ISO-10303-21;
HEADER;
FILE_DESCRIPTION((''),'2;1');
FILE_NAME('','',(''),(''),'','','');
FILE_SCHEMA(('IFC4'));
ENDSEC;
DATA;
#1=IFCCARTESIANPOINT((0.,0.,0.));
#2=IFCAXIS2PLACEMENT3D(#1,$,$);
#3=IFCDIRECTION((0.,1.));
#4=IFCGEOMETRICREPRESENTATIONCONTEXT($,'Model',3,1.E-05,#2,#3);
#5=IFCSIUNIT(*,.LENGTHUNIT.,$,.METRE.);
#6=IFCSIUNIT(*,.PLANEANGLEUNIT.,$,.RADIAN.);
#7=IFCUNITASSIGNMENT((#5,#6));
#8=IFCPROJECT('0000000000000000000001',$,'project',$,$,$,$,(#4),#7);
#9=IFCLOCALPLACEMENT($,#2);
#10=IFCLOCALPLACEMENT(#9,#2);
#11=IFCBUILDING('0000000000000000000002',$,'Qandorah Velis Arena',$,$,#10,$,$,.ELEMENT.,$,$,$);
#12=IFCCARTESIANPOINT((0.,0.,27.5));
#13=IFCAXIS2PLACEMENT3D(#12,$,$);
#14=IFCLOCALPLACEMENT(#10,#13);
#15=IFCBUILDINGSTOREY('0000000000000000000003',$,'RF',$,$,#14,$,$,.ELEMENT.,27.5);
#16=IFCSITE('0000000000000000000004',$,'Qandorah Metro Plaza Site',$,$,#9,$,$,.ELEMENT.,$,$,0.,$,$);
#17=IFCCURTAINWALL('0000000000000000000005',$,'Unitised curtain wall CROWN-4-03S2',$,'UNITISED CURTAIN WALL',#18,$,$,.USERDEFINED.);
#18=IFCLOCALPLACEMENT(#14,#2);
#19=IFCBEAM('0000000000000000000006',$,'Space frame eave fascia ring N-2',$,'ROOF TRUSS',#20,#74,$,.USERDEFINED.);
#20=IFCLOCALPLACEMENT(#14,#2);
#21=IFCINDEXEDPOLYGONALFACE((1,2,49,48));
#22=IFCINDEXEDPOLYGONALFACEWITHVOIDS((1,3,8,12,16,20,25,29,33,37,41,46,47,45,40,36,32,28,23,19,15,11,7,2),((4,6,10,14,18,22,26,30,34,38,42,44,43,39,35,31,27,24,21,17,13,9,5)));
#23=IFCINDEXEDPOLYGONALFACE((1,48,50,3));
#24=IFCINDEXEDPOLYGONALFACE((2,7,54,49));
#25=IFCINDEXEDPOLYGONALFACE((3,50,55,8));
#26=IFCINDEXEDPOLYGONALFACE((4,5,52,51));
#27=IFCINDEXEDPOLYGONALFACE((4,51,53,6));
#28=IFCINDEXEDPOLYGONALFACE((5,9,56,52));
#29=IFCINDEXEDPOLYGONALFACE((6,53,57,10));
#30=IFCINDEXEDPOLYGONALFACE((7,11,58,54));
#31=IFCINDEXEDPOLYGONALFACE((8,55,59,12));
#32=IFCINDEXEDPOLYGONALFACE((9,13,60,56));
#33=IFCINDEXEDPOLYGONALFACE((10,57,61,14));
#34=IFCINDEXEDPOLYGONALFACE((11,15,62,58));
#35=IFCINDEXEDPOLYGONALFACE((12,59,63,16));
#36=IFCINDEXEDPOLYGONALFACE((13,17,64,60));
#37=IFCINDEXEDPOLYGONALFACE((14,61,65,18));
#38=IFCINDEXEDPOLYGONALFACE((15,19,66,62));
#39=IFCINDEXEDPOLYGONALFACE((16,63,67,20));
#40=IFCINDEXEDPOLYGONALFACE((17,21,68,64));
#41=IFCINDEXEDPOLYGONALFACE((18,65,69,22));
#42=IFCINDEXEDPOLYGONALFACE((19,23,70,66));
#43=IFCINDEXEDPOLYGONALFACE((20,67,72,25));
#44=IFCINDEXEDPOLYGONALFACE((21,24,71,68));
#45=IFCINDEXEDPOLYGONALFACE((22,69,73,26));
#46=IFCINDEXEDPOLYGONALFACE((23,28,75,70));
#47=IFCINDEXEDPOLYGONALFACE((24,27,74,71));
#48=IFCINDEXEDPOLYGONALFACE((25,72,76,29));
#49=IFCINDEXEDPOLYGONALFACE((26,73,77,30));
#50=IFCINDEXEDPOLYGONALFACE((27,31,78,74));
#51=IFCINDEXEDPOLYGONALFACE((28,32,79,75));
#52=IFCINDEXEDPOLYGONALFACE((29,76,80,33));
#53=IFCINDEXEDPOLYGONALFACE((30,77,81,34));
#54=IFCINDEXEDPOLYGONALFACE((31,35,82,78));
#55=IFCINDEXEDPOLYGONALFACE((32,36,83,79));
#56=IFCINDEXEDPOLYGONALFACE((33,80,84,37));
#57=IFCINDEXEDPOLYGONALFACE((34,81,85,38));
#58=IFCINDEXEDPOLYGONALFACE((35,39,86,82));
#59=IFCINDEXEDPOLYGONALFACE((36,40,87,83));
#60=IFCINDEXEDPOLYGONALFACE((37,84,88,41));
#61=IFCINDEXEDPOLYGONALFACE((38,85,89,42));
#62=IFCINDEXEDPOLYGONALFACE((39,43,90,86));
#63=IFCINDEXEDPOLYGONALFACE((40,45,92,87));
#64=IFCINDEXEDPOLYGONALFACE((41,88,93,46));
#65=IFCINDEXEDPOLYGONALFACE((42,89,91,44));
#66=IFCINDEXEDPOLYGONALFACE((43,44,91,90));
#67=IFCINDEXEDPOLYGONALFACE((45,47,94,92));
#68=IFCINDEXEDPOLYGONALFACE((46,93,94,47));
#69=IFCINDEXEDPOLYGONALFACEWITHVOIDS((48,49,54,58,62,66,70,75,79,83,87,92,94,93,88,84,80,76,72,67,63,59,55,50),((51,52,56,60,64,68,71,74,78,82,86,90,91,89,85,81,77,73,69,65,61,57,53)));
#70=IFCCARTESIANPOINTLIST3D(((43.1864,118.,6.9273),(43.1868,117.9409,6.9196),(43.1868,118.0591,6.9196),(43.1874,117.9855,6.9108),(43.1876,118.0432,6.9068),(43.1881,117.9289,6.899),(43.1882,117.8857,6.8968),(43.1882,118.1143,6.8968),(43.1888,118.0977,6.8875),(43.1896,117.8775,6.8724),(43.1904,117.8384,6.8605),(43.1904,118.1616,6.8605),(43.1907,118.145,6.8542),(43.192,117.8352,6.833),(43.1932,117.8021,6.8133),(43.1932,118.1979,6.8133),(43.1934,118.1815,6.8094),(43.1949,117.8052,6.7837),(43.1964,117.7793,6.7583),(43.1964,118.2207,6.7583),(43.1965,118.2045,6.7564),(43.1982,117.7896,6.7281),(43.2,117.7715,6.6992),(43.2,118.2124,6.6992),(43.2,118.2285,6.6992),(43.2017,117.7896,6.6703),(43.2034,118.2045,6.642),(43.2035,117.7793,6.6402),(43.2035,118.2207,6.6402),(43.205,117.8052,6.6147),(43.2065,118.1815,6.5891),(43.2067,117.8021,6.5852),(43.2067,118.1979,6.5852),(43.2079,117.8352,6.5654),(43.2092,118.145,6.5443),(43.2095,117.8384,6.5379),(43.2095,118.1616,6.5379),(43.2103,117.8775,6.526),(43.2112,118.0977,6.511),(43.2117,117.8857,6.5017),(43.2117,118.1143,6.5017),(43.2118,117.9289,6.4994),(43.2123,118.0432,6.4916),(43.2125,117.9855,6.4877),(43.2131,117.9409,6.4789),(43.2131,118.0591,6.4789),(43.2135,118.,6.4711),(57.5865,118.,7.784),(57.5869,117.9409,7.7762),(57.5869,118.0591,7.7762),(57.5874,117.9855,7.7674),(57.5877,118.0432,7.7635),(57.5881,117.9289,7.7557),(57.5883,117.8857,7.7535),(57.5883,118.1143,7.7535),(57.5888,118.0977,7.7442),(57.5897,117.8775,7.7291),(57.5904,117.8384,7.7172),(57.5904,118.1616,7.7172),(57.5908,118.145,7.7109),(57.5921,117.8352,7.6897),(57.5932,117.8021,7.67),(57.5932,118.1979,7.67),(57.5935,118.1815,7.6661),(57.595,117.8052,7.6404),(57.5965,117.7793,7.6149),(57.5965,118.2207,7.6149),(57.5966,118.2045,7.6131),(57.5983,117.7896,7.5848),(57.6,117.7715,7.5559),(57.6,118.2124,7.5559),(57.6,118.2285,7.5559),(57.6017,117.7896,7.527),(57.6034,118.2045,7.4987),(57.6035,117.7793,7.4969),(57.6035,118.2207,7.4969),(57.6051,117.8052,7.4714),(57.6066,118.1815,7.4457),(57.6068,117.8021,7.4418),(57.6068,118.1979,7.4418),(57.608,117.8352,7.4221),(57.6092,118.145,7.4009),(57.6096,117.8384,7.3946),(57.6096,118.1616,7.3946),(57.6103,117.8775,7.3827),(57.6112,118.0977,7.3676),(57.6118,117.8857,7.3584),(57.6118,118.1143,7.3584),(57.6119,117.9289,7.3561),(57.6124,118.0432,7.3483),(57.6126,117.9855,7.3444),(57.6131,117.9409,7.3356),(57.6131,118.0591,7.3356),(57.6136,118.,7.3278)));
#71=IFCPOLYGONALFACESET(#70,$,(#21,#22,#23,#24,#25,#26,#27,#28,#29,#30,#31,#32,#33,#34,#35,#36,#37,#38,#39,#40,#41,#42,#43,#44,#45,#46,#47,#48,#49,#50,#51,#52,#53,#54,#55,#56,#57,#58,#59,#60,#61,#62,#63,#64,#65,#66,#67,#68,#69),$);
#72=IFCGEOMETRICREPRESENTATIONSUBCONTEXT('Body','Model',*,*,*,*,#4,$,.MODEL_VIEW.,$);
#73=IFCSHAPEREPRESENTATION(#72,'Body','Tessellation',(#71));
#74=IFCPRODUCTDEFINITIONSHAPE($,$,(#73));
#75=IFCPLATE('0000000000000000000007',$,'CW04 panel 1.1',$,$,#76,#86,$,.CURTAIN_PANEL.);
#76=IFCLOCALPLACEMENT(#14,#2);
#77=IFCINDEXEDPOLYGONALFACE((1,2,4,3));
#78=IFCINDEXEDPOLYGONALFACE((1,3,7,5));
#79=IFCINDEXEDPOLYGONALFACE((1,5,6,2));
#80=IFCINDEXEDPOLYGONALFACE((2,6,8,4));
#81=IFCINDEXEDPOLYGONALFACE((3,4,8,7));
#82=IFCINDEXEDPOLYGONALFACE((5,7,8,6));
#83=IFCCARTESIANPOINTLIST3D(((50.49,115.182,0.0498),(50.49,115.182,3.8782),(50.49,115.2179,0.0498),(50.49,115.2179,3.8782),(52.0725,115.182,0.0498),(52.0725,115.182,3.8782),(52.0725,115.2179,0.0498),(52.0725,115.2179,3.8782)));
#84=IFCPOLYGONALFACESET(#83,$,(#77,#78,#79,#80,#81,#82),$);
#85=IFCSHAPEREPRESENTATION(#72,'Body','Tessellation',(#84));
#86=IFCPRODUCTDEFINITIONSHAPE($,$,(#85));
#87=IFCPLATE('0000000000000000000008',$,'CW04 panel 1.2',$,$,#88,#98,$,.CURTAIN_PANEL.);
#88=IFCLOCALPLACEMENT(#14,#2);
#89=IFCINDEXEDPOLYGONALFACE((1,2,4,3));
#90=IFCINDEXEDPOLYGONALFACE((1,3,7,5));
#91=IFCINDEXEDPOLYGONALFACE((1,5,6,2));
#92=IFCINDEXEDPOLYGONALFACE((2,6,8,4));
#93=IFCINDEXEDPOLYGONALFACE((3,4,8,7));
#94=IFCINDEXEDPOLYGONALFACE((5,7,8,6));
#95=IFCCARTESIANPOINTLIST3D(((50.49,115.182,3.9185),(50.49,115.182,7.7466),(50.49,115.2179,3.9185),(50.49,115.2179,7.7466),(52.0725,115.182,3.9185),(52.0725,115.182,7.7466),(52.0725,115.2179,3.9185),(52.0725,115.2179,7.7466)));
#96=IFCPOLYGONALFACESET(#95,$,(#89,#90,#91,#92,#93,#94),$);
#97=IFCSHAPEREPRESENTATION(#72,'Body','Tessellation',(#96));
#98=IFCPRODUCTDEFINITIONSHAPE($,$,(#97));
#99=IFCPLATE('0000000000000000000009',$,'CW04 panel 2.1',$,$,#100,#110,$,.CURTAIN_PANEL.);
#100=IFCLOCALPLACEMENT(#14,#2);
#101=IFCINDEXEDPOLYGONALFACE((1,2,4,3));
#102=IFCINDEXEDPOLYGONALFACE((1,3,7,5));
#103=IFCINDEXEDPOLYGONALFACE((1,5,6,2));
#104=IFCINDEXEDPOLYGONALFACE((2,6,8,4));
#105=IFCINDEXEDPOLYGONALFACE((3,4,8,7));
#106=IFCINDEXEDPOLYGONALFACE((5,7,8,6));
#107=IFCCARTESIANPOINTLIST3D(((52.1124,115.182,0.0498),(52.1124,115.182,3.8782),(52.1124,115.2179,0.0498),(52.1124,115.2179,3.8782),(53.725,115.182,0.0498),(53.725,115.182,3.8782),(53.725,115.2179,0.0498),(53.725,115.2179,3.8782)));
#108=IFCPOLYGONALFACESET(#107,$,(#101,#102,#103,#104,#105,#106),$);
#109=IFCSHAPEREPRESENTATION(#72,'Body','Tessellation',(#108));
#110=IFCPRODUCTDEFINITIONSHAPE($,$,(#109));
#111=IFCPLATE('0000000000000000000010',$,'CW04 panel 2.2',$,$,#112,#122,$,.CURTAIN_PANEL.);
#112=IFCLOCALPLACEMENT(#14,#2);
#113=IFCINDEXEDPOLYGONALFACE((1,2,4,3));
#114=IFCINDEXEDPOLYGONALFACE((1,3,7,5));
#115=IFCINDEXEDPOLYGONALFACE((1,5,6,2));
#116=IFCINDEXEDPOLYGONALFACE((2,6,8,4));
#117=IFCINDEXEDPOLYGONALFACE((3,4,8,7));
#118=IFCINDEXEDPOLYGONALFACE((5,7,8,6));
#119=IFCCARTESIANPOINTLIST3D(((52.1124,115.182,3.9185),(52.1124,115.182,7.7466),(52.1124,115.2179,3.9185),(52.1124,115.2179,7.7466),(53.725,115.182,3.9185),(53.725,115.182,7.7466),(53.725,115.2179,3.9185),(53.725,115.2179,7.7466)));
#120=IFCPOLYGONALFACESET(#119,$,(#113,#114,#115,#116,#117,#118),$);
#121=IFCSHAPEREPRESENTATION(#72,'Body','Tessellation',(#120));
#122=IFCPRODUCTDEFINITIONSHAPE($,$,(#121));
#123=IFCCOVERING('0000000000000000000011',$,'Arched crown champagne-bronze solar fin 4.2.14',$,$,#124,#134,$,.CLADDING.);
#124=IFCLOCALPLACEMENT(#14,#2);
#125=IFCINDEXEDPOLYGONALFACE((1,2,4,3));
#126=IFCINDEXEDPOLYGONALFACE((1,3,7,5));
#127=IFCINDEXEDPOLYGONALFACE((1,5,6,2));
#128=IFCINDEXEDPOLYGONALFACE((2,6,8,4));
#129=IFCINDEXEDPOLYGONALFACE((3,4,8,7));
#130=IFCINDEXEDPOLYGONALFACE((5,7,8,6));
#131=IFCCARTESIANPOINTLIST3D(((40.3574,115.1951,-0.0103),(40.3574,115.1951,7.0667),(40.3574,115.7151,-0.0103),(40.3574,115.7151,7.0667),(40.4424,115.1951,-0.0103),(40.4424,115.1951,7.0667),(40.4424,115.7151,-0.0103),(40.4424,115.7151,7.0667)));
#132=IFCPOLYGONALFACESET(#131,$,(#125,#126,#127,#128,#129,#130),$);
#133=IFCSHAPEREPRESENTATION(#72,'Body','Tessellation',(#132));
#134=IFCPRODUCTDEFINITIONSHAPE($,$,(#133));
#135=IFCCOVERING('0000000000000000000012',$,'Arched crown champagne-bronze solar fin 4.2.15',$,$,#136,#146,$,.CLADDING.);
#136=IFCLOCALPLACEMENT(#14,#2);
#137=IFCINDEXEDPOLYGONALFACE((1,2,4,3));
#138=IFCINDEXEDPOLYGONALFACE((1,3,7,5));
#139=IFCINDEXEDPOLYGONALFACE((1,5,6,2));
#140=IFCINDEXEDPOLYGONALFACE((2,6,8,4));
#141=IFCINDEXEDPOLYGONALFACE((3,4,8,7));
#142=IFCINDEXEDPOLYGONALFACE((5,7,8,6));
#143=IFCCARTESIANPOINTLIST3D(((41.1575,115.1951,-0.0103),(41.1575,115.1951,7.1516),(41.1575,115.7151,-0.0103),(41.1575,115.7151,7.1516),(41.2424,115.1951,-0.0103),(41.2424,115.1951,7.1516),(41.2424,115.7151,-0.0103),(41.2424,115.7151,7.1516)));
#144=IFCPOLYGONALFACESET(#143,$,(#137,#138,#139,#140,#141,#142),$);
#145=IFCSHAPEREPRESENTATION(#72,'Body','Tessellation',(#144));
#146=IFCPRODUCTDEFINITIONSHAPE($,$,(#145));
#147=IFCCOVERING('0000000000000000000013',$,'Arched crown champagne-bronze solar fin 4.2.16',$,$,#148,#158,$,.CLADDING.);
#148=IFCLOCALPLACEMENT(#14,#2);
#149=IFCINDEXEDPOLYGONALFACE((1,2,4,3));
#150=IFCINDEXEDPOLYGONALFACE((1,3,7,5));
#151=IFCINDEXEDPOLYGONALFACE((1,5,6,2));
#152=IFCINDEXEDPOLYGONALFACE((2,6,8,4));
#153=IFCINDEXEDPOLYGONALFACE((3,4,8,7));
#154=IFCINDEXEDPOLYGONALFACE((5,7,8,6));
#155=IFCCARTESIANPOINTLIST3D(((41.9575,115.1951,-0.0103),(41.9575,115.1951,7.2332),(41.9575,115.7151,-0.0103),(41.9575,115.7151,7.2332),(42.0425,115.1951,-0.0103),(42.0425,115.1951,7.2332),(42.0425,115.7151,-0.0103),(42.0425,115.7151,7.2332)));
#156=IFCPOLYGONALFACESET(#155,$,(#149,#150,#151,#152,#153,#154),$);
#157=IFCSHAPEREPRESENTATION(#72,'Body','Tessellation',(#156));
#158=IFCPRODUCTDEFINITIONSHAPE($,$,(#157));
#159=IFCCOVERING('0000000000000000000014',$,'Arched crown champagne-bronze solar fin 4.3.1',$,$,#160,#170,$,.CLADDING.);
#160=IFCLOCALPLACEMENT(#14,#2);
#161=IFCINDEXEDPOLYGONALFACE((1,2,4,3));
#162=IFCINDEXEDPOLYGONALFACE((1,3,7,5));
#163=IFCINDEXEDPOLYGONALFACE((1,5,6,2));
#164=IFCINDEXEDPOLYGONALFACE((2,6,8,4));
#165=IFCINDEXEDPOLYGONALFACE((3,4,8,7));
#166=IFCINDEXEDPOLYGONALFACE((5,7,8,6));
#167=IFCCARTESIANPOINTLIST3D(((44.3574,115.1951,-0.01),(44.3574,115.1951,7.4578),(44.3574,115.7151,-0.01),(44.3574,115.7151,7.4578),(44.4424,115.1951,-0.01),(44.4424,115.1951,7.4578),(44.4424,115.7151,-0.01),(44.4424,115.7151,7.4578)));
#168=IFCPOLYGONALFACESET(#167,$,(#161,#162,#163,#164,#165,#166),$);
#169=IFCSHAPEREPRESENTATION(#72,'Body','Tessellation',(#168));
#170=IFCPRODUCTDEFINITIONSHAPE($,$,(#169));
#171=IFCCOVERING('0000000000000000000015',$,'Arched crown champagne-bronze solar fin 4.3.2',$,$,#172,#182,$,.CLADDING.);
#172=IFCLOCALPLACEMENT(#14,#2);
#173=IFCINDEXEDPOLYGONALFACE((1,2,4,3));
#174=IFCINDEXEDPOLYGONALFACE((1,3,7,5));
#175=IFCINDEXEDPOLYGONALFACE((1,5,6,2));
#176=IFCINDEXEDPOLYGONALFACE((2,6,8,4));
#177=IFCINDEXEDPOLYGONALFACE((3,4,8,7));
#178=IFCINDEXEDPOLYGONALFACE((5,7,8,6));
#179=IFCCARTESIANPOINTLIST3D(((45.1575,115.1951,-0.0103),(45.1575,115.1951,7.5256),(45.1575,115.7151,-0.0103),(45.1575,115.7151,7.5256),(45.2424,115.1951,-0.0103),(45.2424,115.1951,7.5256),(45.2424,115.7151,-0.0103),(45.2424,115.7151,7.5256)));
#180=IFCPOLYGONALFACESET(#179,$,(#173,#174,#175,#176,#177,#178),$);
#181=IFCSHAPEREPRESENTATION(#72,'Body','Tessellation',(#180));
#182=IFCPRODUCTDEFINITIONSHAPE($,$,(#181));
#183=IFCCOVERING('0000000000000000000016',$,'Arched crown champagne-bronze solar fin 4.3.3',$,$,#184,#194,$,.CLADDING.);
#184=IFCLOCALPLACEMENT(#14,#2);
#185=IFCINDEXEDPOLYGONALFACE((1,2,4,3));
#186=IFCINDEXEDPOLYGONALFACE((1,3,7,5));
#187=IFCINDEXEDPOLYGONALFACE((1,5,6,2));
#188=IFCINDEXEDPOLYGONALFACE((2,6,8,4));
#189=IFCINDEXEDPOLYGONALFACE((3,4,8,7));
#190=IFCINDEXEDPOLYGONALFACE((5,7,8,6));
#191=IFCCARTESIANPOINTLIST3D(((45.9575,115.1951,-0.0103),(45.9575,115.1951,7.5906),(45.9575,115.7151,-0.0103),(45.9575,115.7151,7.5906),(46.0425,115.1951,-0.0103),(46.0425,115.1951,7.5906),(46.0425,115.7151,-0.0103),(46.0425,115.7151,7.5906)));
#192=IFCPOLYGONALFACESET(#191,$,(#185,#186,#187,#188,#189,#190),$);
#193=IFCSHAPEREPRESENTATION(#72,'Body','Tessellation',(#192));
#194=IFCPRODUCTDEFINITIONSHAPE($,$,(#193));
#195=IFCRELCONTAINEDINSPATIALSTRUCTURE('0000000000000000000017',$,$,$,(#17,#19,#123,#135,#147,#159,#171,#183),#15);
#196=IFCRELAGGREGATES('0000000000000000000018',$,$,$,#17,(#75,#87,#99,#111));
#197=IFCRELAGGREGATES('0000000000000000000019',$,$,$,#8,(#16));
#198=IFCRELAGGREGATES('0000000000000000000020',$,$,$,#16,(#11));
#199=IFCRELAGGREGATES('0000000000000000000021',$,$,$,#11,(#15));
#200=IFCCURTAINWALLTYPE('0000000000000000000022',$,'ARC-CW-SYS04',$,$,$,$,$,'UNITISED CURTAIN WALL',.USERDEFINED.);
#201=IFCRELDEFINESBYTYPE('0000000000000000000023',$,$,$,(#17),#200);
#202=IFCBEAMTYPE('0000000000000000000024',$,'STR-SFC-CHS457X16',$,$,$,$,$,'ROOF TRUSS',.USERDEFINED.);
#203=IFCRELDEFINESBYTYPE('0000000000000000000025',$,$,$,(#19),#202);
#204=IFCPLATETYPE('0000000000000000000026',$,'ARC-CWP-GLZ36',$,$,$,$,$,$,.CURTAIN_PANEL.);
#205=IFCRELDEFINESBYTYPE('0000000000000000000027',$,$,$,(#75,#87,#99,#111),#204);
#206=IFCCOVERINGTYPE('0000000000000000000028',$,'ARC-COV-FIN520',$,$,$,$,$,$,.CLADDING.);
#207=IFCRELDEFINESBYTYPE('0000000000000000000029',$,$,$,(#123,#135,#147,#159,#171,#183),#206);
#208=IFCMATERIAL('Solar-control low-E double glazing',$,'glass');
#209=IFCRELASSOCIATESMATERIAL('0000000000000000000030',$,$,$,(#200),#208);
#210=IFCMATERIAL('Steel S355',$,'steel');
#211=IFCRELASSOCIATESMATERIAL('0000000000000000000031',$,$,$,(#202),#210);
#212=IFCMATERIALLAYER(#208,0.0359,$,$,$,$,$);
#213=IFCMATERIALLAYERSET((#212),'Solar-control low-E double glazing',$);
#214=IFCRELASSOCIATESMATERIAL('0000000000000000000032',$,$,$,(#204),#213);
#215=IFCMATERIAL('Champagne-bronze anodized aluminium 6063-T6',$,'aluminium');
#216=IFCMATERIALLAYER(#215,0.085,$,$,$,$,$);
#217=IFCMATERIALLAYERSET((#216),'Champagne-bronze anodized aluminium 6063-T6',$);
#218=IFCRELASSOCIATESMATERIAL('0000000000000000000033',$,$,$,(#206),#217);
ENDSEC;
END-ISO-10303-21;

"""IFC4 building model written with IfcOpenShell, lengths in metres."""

from ifc_helpers import new_model, si_unit, direction, frame, origin, origin_2d, place, context, subcontext, project, spatial, rectangle, hollow_circle, extrude, material, layer, layer_set, material_profile, profile_set, type_object, element, aggregate, save


model = new_model("IFC4")

# Units and contexts
model_context = context("Model", 3, precision=1e-05, world=origin(), true_north=direction((0.0, 1.0)))
body_context = subcontext(model_context, "Body", "Model", "MODEL_VIEW")
ifc_project = project(units=[si_unit("LENGTHUNIT", "METRE"), si_unit("PLANEANGLEUNIT", "RADIAN")], contexts=[model_context])

# Site, building, storey
site_placement = place(None, origin())
site = spatial("IfcSite", under=ifc_project, at=site_placement, Name="Qandorah Metro Plaza Site", CompositionType="ELEMENT", RefElevation=0.0)
building_placement = place(site_placement, origin())
building = spatial("IfcBuilding", under=site, at=building_placement, Name="Qandorah Velis Arena", CompositionType="ELEMENT")
storey_placement = place(building_placement, frame((0.0, 0.0, 27.5)))
storey = spatial("IfcBuildingStorey", under=building, at=storey_placement, Name="RF", CompositionType="ELEMENT", Elevation=27.5)

# Curtain wall
ifc_material_1 = material(Name="Solar-control low-E double glazing", Category="glass")
curtain_wall_type = type_object("IfcCurtainWallType", Name="ARC-CW-SYS04", ElementType="UNITISED CURTAIN WALL", PredefinedType="USERDEFINED", material=ifc_material_1)
curtain_wall_placement = place(storey_placement, origin())
curtain_wall = element("IfcCurtainWall", 1, at=curtain_wall_placement, inside=storey, type_object=curtain_wall_type, Name="Unitised curtain wall CROWN-4-03S2", ObjectType="UNITISED CURTAIN WALL", PredefinedType="USERDEFINED")
ifc_material_2 = material(Name="Champagne-bronze anodized aluminium 6063-T6", Category="aluminium")

# Beam
ifc_material_3 = material(Name="Steel S355", Category="steel")
ifc_material_profile_1 = material_profile(ifc_material_3, hollow_circle(Radius=0.2285, WallThickness=0.0161, at=origin_2d()), Name="CHS 457x16")
ifc_profile_set_1 = profile_set([ifc_material_profile_1], Name="Steel S355")
beam_type_1 = type_object("IfcBeamType", Name="STR-SFC-CHS457X16", ElementType="ROOF TRUSS", PredefinedType="USERDEFINED", material=ifc_profile_set_1)
beam_1_placement = place(storey_placement, frame((43.2, 118.0, 6.6992), z_axis=(0.998235, 0.0, 0.059387), x_axis=(0.0, 1.0, 0.0)))
element("IfcBeam", 2, at=beam_1_placement, inside=storey, type_object=beam_type_1, Name="Space frame eave fascia ring N-2", ObjectType="ROOF TRUSS", PredefinedType="USERDEFINED", context=body_context, shape_type="SweptSolid", body=[
    extrude(hollow_circle(Radius=0.2285, WallThickness=0.0161, at=origin_2d()), origin(), (0.0, 0.0, 1.0), 14.4255),
])

# Plates
ifc_layer_1 = layer(ifc_material_1, 0.0359)
ifc_layer_set_1 = layer_set([ifc_layer_1], Name="Solar-control low-E double glazing")
plate_type = type_object("IfcPlateType", Name="ARC-CWP-GLZ36", PredefinedType="CURTAIN_PANEL", material=ifc_layer_set_1)
plate_1_placement = place(storey_placement, frame((51.2812, 115.2, 0.0498), z_axis=(0.0, 0.0, 1.0), x_axis=(1.0, 0.0, 0.0)))
plate_1 = element("IfcPlate", 3, at=plate_1_placement, type_object=plate_type, Name="CW04 panel 1.1", PredefinedType="CURTAIN_PANEL", context=body_context, shape_type="SweptSolid", body=[
    extrude(rectangle(XDim=1.5825, YDim=0.0359, at=origin_2d()), origin(), (0.0, 0.0, 1.0), 3.8284),
])
plate_2_placement = place(storey_placement, frame((51.2812, 115.2, 3.9185), z_axis=(0.0, 0.0, 1.0), x_axis=(1.0, 0.0, 0.0)))
plate_2 = element("IfcPlate", 4, at=plate_2_placement, type_object=plate_type, Name="CW04 panel 1.2", PredefinedType="CURTAIN_PANEL", context=body_context, shape_type="SweptSolid", body=[
    extrude(rectangle(XDim=1.5825, YDim=0.0359, at=origin_2d()), origin(), (0.0, 0.0, 1.0), 3.8281),
])
plate_3_placement = place(storey_placement, frame((52.9187, 115.2, 0.0498), z_axis=(0.0, 0.0, 1.0), x_axis=(1.0, 0.0, 0.0)))
plate_3 = element("IfcPlate", 5, at=plate_3_placement, type_object=plate_type, Name="CW04 panel 2.1", PredefinedType="CURTAIN_PANEL", context=body_context, shape_type="SweptSolid", body=[
    extrude(rectangle(XDim=1.6125, YDim=0.0359, at=origin_2d()), origin(), (0.0, 0.0, 1.0), 3.8284),
])
plate_4_placement = place(storey_placement, frame((52.9187, 115.2, 3.9185), z_axis=(0.0, 0.0, 1.0), x_axis=(1.0, 0.0, 0.0)))
plate_4 = element("IfcPlate", 6, at=plate_4_placement, type_object=plate_type, Name="CW04 panel 2.2", PredefinedType="CURTAIN_PANEL", context=body_context, shape_type="SweptSolid", body=[
    extrude(rectangle(XDim=1.6125, YDim=0.0359, at=origin_2d()), origin(), (0.0, 0.0, 1.0), 3.8281),
])
aggregate(curtain_wall, [plate_1, plate_2, plate_3, plate_4])

# Coverings
ifc_layer_2 = layer(ifc_material_2, 0.085)
ifc_layer_set_2 = layer_set([ifc_layer_2], Name="Champagne-bronze anodized aluminium 6063-T6")
covering_type = type_object("IfcCoveringType", Name="ARC-COV-FIN520", PredefinedType="CLADDING", material=ifc_layer_set_2)
covering_1_placement = place(storey_placement, frame((40.3999, 115.4551, -0.0103), z_axis=(0.0, 0.0, 1.0), x_axis=(1.0, 0.0, 0.0)))
element("IfcCovering", 7, at=covering_1_placement, inside=storey, type_object=covering_type, Name="Arched crown champagne-bronze solar fin 4.2.14", PredefinedType="CLADDING", context=body_context, shape_type="SweptSolid", body=[
    extrude(rectangle(XDim=0.085, YDim=0.52, at=origin_2d()), origin(), (0.0, 0.0, 1.0), 7.0769),
])
covering_2_placement = place(storey_placement, frame((41.2, 115.4551, -0.0103), z_axis=(0.0, 0.0, 1.0), x_axis=(1.0, 0.0, 0.0)))
element("IfcCovering", 8, at=covering_2_placement, inside=storey, type_object=covering_type, Name="Arched crown champagne-bronze solar fin 4.2.15", PredefinedType="CLADDING", context=body_context, shape_type="SweptSolid", body=[
    extrude(rectangle(XDim=0.085, YDim=0.52, at=origin_2d()), origin(), (0.0, 0.0, 1.0), 7.1619),
])
covering_3_placement = place(storey_placement, frame((42.0, 115.4551, -0.0103), z_axis=(0.0, 0.0, 1.0), x_axis=(1.0, 0.0, 0.0)))
element("IfcCovering", 9, at=covering_3_placement, inside=storey, type_object=covering_type, Name="Arched crown champagne-bronze solar fin 4.2.16", PredefinedType="CLADDING", context=body_context, shape_type="SweptSolid", body=[
    extrude(rectangle(XDim=0.085, YDim=0.52, at=origin_2d()), origin(), (0.0, 0.0, 1.0), 7.2434),
])
covering_4_placement = place(storey_placement, frame((44.3999, 115.4551, -0.01), z_axis=(0.0, 0.0, 1.0), x_axis=(1.0, 0.0, 0.0)))
element("IfcCovering", 10, at=covering_4_placement, inside=storey, type_object=covering_type, Name="Arched crown champagne-bronze solar fin 4.3.1", PredefinedType="CLADDING", context=body_context, shape_type="SweptSolid", body=[
    extrude(rectangle(XDim=0.085, YDim=0.52, at=origin_2d()), origin(), (0.0, 0.0, 1.0), 7.4678),
])
covering_5_placement = place(storey_placement, frame((45.2, 115.4551, -0.0103), z_axis=(0.0, 0.0, 1.0), x_axis=(1.0, 0.0, 0.0)))
element("IfcCovering", 11, at=covering_5_placement, inside=storey, type_object=covering_type, Name="Arched crown champagne-bronze solar fin 4.3.2", PredefinedType="CLADDING", context=body_context, shape_type="SweptSolid", body=[
    extrude(rectangle(XDim=0.085, YDim=0.52, at=origin_2d()), origin(), (0.0, 0.0, 1.0), 7.5359),
])
covering_6_placement = place(storey_placement, frame((46.0, 115.4551, -0.0103), z_axis=(0.0, 0.0, 1.0), x_axis=(1.0, 0.0, 0.0)))
element("IfcCovering", 12, at=covering_6_placement, inside=storey, type_object=covering_type, Name="Arched crown champagne-bronze solar fin 4.3.3", PredefinedType="CLADDING", context=body_context, shape_type="SweptSolid", body=[
    extrude(rectangle(XDim=0.085, YDim=0.52, at=origin_2d()), origin(), (0.0, 0.0, 1.0), 7.6008),
])

save(model, "model.ifc")
